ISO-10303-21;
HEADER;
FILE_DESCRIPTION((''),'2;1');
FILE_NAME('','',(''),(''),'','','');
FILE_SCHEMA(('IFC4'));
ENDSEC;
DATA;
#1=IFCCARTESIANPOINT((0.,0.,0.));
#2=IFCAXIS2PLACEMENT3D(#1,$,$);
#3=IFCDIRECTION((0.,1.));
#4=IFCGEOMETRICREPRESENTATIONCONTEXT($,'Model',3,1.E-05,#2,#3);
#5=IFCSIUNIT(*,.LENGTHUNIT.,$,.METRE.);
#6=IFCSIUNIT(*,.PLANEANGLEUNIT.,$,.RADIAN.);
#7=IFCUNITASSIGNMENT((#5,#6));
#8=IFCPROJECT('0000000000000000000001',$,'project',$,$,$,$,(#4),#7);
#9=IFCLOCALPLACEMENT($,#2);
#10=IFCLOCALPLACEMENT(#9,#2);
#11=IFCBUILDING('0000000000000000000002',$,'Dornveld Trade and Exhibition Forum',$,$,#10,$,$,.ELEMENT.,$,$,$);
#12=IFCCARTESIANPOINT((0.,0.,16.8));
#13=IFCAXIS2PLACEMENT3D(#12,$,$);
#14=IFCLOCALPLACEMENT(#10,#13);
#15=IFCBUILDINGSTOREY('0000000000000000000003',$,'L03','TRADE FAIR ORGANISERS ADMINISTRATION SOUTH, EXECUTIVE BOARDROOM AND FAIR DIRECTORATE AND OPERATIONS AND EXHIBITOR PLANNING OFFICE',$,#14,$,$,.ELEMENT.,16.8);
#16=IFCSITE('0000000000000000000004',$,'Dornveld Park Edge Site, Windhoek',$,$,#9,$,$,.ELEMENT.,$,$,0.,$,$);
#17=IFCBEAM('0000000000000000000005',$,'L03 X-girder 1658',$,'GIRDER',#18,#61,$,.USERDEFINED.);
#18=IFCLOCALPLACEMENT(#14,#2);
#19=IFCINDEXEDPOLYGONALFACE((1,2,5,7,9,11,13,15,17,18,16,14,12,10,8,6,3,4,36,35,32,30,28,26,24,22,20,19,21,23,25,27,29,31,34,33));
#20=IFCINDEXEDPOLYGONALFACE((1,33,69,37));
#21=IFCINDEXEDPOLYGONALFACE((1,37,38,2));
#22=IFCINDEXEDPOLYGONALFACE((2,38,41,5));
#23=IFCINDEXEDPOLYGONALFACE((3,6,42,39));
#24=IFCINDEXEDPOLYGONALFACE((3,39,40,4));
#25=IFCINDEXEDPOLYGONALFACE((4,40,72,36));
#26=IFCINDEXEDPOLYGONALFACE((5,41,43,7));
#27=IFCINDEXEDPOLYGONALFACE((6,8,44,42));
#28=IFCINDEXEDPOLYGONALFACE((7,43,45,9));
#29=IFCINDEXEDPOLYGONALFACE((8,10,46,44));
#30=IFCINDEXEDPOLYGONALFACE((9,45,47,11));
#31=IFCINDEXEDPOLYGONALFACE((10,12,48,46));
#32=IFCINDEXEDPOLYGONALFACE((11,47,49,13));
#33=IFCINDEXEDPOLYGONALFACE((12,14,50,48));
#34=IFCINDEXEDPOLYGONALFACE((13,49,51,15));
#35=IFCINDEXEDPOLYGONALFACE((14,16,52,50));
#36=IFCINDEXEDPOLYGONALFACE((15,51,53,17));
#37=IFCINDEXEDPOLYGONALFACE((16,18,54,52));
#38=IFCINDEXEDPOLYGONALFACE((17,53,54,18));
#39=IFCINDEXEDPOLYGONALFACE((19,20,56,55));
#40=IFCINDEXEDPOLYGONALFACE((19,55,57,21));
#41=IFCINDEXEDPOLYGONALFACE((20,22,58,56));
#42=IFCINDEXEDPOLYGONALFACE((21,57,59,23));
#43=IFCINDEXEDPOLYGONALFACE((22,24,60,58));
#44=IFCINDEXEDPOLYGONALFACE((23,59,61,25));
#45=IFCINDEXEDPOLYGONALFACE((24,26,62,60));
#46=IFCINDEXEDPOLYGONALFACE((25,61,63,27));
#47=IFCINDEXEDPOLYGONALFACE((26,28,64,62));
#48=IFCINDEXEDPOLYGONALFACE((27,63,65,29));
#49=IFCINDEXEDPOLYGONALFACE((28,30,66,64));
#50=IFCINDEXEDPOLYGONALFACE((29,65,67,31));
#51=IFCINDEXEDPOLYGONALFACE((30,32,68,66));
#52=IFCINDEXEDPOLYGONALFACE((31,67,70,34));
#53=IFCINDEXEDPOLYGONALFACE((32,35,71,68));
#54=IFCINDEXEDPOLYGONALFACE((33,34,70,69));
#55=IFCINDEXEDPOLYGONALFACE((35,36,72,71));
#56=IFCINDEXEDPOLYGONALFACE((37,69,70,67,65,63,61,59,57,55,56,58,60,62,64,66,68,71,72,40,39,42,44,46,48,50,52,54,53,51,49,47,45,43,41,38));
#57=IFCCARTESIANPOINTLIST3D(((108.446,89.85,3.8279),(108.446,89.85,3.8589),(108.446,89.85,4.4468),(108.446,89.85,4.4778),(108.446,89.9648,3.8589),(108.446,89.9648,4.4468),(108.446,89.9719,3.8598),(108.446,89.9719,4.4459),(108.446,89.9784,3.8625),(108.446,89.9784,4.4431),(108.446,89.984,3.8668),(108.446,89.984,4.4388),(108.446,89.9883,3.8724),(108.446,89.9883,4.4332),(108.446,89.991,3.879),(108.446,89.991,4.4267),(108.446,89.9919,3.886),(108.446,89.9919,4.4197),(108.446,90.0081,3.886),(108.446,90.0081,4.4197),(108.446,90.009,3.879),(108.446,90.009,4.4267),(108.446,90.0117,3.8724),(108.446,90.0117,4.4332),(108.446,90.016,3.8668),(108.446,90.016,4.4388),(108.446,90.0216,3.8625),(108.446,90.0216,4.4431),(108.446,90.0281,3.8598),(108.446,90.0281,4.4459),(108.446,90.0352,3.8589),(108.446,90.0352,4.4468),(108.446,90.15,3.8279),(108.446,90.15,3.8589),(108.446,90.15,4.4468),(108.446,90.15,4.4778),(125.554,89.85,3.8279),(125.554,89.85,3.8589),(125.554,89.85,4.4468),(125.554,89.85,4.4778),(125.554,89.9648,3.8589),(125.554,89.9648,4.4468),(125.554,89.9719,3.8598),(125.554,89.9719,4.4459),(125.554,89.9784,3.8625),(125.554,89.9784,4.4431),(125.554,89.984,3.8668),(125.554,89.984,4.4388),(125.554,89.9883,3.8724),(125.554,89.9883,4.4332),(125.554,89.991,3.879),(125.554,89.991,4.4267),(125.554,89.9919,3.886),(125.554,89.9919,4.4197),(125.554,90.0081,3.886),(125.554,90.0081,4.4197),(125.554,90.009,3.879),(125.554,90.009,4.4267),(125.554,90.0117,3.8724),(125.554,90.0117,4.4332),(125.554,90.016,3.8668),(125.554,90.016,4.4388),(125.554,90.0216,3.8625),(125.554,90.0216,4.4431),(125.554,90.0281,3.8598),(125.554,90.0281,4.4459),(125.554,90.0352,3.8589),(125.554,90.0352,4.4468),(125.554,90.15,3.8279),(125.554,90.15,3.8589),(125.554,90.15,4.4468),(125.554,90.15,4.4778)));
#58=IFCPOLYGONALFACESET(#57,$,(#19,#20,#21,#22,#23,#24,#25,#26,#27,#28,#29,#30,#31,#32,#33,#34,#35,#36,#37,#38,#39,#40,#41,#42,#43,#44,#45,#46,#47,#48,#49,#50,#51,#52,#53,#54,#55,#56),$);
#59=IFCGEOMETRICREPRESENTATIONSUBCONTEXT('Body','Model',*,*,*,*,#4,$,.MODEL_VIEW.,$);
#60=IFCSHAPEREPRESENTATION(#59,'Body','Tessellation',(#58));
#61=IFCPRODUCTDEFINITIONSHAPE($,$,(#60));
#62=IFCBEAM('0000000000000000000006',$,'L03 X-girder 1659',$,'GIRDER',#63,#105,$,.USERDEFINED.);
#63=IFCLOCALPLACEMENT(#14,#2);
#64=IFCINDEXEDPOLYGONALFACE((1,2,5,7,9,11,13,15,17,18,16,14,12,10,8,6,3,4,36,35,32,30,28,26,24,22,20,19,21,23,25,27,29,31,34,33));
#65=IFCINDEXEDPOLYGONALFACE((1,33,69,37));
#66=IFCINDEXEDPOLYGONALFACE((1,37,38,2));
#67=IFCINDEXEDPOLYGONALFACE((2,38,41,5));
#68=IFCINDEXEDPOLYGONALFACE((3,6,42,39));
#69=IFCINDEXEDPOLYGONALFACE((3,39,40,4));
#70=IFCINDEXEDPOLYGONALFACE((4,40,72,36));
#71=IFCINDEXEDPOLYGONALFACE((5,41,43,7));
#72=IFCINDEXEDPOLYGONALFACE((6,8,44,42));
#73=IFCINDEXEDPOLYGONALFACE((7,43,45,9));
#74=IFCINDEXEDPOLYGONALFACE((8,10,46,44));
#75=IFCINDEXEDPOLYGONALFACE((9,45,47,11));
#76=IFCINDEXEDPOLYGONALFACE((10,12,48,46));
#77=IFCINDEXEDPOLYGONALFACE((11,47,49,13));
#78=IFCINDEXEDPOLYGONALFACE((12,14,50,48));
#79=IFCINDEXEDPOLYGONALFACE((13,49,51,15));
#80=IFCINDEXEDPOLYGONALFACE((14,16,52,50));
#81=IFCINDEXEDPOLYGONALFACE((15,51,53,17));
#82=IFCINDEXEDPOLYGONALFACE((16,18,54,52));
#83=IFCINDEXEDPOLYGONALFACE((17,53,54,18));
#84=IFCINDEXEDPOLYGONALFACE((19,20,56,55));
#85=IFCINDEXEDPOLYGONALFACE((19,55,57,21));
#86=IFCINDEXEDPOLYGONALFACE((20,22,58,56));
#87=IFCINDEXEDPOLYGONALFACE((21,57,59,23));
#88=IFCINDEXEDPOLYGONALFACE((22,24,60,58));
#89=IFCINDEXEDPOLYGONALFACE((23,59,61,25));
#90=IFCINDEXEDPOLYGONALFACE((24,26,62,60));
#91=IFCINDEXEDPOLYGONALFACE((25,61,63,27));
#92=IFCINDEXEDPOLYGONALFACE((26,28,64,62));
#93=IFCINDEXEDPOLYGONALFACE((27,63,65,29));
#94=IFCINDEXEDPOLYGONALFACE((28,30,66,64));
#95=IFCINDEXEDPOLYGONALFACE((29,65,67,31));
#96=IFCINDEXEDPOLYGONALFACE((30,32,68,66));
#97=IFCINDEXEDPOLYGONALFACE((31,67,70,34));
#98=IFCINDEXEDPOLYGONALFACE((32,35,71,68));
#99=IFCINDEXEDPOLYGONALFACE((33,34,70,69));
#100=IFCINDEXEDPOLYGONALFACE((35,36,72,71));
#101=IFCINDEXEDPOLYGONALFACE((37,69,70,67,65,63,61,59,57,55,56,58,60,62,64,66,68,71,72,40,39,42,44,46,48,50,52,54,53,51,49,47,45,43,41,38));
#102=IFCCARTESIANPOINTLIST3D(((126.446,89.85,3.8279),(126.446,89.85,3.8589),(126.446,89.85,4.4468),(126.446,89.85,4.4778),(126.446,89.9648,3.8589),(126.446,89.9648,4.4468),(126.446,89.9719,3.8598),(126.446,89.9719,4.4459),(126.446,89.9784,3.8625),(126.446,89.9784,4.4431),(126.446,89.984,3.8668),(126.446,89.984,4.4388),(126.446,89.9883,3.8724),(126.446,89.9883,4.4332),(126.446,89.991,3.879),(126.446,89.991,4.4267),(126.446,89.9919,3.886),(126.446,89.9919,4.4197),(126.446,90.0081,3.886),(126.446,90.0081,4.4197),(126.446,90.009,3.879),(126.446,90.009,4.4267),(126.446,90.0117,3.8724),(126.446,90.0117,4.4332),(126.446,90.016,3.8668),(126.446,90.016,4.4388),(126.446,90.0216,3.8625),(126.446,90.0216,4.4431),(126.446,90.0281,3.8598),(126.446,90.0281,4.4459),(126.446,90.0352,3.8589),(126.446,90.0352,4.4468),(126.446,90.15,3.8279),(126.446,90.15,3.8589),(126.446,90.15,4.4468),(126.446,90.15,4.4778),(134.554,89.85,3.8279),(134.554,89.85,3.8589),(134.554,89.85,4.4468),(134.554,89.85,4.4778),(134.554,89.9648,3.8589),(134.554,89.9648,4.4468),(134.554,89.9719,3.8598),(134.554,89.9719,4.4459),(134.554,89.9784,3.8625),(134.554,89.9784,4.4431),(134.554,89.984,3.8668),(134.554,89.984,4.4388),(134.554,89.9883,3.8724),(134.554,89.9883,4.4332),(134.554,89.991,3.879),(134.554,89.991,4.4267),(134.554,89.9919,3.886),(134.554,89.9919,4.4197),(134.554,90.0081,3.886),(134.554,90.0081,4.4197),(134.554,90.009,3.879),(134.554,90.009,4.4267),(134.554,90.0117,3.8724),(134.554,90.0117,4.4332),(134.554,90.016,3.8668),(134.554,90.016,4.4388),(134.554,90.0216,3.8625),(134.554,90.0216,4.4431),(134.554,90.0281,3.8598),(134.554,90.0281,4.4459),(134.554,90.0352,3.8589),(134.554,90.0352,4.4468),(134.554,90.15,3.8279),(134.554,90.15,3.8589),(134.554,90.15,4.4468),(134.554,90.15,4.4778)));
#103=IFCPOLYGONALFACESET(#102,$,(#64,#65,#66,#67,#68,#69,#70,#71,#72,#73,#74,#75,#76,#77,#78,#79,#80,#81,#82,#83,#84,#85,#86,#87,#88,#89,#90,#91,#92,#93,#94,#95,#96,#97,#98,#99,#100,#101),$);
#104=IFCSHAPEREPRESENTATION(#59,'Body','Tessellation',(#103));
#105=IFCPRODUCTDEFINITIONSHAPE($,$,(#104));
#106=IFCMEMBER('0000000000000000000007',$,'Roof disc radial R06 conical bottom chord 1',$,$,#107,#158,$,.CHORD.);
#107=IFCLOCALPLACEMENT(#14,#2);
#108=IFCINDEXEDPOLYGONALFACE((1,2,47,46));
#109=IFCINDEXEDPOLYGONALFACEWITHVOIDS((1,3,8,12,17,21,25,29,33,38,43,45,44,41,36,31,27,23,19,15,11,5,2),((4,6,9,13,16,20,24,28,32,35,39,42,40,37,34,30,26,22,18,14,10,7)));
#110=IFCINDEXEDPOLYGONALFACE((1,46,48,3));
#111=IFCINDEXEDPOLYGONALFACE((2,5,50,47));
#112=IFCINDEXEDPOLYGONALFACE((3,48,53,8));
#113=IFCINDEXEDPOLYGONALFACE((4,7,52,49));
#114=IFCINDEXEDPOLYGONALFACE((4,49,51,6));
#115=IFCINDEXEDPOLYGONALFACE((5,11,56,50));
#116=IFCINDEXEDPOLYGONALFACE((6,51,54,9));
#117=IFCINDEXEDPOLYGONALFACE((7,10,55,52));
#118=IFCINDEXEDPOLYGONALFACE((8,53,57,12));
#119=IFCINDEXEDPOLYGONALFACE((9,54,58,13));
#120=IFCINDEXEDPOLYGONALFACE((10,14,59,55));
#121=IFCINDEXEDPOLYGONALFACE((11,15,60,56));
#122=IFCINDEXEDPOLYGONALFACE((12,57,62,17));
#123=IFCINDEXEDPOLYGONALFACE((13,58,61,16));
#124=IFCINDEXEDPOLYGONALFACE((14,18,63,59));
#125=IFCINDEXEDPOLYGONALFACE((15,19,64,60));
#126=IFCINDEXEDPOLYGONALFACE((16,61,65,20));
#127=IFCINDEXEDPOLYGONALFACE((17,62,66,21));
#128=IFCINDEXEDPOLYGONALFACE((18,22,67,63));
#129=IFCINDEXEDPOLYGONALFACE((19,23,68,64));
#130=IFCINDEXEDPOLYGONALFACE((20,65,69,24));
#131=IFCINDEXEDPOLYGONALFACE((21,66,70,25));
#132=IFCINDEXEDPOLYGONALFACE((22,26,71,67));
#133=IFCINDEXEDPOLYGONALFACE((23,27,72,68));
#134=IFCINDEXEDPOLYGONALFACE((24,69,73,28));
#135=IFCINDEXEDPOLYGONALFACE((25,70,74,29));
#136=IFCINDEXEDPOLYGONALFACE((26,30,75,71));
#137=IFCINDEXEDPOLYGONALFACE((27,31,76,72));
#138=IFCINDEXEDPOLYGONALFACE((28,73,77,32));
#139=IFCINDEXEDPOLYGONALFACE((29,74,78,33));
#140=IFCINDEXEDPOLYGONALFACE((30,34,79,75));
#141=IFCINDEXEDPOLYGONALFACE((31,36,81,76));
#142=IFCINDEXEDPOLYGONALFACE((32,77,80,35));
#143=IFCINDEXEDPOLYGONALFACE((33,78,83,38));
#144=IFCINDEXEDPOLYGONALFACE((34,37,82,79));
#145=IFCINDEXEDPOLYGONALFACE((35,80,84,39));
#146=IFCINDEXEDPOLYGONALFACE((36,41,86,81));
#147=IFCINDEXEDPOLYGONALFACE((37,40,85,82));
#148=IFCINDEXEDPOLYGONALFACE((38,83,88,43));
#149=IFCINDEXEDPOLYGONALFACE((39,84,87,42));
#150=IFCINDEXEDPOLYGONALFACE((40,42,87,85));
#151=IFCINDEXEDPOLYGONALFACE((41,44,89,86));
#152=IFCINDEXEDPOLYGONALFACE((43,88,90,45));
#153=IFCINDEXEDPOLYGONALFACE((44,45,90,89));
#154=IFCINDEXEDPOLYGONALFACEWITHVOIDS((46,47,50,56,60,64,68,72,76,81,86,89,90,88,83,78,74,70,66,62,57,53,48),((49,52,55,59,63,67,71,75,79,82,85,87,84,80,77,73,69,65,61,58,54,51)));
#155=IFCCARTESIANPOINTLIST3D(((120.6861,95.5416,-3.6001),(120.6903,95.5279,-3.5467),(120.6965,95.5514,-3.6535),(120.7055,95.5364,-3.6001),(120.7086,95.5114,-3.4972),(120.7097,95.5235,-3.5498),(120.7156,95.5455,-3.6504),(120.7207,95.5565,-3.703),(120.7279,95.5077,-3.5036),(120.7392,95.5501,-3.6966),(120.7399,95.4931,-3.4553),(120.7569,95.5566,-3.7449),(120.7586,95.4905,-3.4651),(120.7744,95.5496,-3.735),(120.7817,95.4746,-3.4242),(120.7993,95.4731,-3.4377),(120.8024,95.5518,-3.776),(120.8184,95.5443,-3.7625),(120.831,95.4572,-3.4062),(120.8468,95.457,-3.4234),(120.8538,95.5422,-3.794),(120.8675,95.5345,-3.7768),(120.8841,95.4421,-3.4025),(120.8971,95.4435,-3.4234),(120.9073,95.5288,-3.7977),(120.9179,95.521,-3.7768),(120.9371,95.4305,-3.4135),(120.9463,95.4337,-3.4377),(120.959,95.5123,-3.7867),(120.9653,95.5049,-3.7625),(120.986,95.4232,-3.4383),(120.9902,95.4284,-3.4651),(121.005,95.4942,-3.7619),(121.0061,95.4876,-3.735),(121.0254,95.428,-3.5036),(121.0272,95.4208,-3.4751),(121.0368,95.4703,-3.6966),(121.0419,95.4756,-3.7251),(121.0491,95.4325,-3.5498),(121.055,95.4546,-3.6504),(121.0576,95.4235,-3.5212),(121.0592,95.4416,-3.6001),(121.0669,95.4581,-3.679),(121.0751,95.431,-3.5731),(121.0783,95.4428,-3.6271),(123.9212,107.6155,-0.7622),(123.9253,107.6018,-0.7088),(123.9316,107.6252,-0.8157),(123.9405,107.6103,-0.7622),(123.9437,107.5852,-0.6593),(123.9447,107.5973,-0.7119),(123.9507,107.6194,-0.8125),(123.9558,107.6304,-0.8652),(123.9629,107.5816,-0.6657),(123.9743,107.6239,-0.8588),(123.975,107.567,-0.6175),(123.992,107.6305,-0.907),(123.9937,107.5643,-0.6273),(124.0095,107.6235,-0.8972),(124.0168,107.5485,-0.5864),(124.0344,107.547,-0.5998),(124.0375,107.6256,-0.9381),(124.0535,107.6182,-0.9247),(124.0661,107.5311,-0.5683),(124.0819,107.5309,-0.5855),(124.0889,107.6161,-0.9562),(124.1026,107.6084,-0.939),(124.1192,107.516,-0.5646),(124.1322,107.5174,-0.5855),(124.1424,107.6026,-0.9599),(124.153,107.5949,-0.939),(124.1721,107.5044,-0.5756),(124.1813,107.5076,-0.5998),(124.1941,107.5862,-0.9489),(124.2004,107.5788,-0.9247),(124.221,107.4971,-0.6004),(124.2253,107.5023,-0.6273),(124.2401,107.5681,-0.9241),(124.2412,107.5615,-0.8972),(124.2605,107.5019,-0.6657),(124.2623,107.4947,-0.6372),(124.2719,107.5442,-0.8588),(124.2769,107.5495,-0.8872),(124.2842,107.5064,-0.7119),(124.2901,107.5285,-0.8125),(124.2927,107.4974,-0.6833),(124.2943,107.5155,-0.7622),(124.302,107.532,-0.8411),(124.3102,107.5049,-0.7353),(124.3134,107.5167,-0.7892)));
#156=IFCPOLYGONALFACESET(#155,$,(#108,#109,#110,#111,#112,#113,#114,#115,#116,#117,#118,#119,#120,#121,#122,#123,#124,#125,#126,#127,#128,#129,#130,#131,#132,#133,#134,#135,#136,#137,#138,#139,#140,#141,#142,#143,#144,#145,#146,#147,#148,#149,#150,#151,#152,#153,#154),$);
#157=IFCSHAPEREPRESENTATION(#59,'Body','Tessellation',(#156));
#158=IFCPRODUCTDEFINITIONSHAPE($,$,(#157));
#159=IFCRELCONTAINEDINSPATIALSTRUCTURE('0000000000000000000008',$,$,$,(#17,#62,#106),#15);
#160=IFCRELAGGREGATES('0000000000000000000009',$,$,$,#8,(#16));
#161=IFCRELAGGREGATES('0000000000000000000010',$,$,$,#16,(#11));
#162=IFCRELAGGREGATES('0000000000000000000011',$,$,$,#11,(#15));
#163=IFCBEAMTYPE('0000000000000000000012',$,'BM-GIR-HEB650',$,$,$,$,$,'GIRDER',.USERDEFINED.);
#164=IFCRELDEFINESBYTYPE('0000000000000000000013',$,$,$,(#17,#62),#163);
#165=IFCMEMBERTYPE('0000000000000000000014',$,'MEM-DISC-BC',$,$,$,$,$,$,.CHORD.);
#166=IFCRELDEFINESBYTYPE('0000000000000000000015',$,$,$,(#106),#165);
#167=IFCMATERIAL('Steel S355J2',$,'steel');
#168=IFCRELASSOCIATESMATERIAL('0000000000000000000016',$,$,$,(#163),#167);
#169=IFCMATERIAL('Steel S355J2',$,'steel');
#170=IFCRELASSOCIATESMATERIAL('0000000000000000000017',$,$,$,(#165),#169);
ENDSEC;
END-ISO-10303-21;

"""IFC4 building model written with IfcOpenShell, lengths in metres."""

from ifc_helpers import new_model, si_unit, direction, frame, origin, origin_2d, place, context, subcontext, project, spatial, hollow_circle, i_section, extrude, material, material_profile, profile_set, type_object, element, save


model = new_model("IFC4")

# Units and contexts
model_context = context("Model", 3, precision=1e-05, world=origin(), true_north=direction((0.0, 1.0)))
body_context = subcontext(model_context, "Body", "Model", "MODEL_VIEW")
ifc_project = project(units=[si_unit("LENGTHUNIT", "METRE"), si_unit("PLANEANGLEUNIT", "RADIAN")], contexts=[model_context])

# Site, building, storey
site_placement = place(None, origin())
site = spatial("IfcSite", under=ifc_project, at=site_placement, Name="Dornveld Park Edge Site, Windhoek", CompositionType="ELEMENT", RefElevation=0.0)
building_placement = place(site_placement, origin())
building = spatial("IfcBuilding", under=site, at=building_placement, Name="Dornveld Trade and Exhibition Forum", CompositionType="ELEMENT")
storey_placement = place(building_placement, frame((0.0, 0.0, 16.8)))
storey = spatial("IfcBuildingStorey", under=building, at=storey_placement, Name="L03", Description="TRADE FAIR ORGANISERS ADMINISTRATION SOUTH, EXECUTIVE BOARDROOM AND FAIR DIRECTORATE AND OPERATIONS AND EXHIBITOR PLANNING OFFICE", CompositionType="ELEMENT", Elevation=16.8)

# Beams
ifc_material_1 = material(Name="Steel S355J2", Category="steel")
ifc_material_profile_1 = material_profile(ifc_material_1, i_section(OverallWidth=0.3, OverallDepth=0.6499, WebThickness=0.0161, FlangeThickness=0.031, FilletRadius=0.0271, at=origin_2d()), Name="HEB 650")
ifc_profile_set_1 = profile_set([ifc_material_profile_1], Name="Steel S355J2")
beam_type = type_object("IfcBeamType", Name="BM-GIR-HEB650", ElementType="GIRDER", PredefinedType="USERDEFINED", material=ifc_profile_set_1)
beam_1_placement = place(storey_placement, frame((108.446, 90.0, 4.1528), z_axis=(1.0, 0.0, 0.0), x_axis=(0.0, 1.0, 0.0)))
element("IfcBeam", 1, at=beam_1_placement, inside=storey, type_object=beam_type, Name="L03 X-girder 1658", ObjectType="GIRDER", PredefinedType="USERDEFINED", context=body_context, shape_type="SweptSolid", body=[
    extrude(i_section(OverallWidth=0.3, OverallDepth=0.6499, WebThickness=0.0161, FlangeThickness=0.031, FilletRadius=0.0271, at=origin_2d()), origin(), (0.0, 0.0, 1.0), 17.1079),
])
beam_2_placement = place(storey_placement, frame((126.446, 90.0, 4.1528), z_axis=(1.0, 0.0, 0.0), x_axis=(0.0, 1.0, 0.0)))
element("IfcBeam", 2, at=beam_2_placement, inside=storey, type_object=beam_type, Name="L03 X-girder 1659", ObjectType="GIRDER", PredefinedType="USERDEFINED", context=body_context, shape_type="SweptSolid", body=[
    extrude(i_section(OverallWidth=0.3, OverallDepth=0.6499, WebThickness=0.0161, FlangeThickness=0.031, FilletRadius=0.0271, at=origin_2d()), origin(), (0.0, 0.0, 1.0), 8.1079),
])

# Member
ifc_material_2 = material(Name="Steel S355J2", Category="steel")
ifc_material_profile_2 = material_profile(ifc_material_2, hollow_circle(Radius=0.2031, WallThickness=0.02, at=origin_2d()), Name="CHS 406.4x20")
ifc_profile_set_2 = profile_set([ifc_material_profile_2], Name="Steel S355J2")
member_type_1 = type_object("IfcMemberType", Name="MEM-DISC-BC", PredefinedType="CHORD", material=ifc_profile_set_2)
for number, where, z_axis, x_axis, name in (
    (3, (120.8823, 95.489, -3.6001), (0.252388, 0.941957, 0.221399), (-0.965928, 0.258811, 0.0), "Roof disc radial R06 conical bottom chord 1"),
):
    element("IfcMember", number, at=place(storey_placement, frame(where, z_axis=z_axis, x_axis=x_axis)), inside=storey, type_object=member_type_1, Name=name, PredefinedType="CHORD", context=body_context, shape_type="SweptSolid", body=[
        extrude(hollow_circle(Radius=0.2031, WallThickness=0.02, at=origin_2d()), origin(), (0.0, 0.0, 1.0), 12.8179),
    ])

save(model, "model.ifc")
